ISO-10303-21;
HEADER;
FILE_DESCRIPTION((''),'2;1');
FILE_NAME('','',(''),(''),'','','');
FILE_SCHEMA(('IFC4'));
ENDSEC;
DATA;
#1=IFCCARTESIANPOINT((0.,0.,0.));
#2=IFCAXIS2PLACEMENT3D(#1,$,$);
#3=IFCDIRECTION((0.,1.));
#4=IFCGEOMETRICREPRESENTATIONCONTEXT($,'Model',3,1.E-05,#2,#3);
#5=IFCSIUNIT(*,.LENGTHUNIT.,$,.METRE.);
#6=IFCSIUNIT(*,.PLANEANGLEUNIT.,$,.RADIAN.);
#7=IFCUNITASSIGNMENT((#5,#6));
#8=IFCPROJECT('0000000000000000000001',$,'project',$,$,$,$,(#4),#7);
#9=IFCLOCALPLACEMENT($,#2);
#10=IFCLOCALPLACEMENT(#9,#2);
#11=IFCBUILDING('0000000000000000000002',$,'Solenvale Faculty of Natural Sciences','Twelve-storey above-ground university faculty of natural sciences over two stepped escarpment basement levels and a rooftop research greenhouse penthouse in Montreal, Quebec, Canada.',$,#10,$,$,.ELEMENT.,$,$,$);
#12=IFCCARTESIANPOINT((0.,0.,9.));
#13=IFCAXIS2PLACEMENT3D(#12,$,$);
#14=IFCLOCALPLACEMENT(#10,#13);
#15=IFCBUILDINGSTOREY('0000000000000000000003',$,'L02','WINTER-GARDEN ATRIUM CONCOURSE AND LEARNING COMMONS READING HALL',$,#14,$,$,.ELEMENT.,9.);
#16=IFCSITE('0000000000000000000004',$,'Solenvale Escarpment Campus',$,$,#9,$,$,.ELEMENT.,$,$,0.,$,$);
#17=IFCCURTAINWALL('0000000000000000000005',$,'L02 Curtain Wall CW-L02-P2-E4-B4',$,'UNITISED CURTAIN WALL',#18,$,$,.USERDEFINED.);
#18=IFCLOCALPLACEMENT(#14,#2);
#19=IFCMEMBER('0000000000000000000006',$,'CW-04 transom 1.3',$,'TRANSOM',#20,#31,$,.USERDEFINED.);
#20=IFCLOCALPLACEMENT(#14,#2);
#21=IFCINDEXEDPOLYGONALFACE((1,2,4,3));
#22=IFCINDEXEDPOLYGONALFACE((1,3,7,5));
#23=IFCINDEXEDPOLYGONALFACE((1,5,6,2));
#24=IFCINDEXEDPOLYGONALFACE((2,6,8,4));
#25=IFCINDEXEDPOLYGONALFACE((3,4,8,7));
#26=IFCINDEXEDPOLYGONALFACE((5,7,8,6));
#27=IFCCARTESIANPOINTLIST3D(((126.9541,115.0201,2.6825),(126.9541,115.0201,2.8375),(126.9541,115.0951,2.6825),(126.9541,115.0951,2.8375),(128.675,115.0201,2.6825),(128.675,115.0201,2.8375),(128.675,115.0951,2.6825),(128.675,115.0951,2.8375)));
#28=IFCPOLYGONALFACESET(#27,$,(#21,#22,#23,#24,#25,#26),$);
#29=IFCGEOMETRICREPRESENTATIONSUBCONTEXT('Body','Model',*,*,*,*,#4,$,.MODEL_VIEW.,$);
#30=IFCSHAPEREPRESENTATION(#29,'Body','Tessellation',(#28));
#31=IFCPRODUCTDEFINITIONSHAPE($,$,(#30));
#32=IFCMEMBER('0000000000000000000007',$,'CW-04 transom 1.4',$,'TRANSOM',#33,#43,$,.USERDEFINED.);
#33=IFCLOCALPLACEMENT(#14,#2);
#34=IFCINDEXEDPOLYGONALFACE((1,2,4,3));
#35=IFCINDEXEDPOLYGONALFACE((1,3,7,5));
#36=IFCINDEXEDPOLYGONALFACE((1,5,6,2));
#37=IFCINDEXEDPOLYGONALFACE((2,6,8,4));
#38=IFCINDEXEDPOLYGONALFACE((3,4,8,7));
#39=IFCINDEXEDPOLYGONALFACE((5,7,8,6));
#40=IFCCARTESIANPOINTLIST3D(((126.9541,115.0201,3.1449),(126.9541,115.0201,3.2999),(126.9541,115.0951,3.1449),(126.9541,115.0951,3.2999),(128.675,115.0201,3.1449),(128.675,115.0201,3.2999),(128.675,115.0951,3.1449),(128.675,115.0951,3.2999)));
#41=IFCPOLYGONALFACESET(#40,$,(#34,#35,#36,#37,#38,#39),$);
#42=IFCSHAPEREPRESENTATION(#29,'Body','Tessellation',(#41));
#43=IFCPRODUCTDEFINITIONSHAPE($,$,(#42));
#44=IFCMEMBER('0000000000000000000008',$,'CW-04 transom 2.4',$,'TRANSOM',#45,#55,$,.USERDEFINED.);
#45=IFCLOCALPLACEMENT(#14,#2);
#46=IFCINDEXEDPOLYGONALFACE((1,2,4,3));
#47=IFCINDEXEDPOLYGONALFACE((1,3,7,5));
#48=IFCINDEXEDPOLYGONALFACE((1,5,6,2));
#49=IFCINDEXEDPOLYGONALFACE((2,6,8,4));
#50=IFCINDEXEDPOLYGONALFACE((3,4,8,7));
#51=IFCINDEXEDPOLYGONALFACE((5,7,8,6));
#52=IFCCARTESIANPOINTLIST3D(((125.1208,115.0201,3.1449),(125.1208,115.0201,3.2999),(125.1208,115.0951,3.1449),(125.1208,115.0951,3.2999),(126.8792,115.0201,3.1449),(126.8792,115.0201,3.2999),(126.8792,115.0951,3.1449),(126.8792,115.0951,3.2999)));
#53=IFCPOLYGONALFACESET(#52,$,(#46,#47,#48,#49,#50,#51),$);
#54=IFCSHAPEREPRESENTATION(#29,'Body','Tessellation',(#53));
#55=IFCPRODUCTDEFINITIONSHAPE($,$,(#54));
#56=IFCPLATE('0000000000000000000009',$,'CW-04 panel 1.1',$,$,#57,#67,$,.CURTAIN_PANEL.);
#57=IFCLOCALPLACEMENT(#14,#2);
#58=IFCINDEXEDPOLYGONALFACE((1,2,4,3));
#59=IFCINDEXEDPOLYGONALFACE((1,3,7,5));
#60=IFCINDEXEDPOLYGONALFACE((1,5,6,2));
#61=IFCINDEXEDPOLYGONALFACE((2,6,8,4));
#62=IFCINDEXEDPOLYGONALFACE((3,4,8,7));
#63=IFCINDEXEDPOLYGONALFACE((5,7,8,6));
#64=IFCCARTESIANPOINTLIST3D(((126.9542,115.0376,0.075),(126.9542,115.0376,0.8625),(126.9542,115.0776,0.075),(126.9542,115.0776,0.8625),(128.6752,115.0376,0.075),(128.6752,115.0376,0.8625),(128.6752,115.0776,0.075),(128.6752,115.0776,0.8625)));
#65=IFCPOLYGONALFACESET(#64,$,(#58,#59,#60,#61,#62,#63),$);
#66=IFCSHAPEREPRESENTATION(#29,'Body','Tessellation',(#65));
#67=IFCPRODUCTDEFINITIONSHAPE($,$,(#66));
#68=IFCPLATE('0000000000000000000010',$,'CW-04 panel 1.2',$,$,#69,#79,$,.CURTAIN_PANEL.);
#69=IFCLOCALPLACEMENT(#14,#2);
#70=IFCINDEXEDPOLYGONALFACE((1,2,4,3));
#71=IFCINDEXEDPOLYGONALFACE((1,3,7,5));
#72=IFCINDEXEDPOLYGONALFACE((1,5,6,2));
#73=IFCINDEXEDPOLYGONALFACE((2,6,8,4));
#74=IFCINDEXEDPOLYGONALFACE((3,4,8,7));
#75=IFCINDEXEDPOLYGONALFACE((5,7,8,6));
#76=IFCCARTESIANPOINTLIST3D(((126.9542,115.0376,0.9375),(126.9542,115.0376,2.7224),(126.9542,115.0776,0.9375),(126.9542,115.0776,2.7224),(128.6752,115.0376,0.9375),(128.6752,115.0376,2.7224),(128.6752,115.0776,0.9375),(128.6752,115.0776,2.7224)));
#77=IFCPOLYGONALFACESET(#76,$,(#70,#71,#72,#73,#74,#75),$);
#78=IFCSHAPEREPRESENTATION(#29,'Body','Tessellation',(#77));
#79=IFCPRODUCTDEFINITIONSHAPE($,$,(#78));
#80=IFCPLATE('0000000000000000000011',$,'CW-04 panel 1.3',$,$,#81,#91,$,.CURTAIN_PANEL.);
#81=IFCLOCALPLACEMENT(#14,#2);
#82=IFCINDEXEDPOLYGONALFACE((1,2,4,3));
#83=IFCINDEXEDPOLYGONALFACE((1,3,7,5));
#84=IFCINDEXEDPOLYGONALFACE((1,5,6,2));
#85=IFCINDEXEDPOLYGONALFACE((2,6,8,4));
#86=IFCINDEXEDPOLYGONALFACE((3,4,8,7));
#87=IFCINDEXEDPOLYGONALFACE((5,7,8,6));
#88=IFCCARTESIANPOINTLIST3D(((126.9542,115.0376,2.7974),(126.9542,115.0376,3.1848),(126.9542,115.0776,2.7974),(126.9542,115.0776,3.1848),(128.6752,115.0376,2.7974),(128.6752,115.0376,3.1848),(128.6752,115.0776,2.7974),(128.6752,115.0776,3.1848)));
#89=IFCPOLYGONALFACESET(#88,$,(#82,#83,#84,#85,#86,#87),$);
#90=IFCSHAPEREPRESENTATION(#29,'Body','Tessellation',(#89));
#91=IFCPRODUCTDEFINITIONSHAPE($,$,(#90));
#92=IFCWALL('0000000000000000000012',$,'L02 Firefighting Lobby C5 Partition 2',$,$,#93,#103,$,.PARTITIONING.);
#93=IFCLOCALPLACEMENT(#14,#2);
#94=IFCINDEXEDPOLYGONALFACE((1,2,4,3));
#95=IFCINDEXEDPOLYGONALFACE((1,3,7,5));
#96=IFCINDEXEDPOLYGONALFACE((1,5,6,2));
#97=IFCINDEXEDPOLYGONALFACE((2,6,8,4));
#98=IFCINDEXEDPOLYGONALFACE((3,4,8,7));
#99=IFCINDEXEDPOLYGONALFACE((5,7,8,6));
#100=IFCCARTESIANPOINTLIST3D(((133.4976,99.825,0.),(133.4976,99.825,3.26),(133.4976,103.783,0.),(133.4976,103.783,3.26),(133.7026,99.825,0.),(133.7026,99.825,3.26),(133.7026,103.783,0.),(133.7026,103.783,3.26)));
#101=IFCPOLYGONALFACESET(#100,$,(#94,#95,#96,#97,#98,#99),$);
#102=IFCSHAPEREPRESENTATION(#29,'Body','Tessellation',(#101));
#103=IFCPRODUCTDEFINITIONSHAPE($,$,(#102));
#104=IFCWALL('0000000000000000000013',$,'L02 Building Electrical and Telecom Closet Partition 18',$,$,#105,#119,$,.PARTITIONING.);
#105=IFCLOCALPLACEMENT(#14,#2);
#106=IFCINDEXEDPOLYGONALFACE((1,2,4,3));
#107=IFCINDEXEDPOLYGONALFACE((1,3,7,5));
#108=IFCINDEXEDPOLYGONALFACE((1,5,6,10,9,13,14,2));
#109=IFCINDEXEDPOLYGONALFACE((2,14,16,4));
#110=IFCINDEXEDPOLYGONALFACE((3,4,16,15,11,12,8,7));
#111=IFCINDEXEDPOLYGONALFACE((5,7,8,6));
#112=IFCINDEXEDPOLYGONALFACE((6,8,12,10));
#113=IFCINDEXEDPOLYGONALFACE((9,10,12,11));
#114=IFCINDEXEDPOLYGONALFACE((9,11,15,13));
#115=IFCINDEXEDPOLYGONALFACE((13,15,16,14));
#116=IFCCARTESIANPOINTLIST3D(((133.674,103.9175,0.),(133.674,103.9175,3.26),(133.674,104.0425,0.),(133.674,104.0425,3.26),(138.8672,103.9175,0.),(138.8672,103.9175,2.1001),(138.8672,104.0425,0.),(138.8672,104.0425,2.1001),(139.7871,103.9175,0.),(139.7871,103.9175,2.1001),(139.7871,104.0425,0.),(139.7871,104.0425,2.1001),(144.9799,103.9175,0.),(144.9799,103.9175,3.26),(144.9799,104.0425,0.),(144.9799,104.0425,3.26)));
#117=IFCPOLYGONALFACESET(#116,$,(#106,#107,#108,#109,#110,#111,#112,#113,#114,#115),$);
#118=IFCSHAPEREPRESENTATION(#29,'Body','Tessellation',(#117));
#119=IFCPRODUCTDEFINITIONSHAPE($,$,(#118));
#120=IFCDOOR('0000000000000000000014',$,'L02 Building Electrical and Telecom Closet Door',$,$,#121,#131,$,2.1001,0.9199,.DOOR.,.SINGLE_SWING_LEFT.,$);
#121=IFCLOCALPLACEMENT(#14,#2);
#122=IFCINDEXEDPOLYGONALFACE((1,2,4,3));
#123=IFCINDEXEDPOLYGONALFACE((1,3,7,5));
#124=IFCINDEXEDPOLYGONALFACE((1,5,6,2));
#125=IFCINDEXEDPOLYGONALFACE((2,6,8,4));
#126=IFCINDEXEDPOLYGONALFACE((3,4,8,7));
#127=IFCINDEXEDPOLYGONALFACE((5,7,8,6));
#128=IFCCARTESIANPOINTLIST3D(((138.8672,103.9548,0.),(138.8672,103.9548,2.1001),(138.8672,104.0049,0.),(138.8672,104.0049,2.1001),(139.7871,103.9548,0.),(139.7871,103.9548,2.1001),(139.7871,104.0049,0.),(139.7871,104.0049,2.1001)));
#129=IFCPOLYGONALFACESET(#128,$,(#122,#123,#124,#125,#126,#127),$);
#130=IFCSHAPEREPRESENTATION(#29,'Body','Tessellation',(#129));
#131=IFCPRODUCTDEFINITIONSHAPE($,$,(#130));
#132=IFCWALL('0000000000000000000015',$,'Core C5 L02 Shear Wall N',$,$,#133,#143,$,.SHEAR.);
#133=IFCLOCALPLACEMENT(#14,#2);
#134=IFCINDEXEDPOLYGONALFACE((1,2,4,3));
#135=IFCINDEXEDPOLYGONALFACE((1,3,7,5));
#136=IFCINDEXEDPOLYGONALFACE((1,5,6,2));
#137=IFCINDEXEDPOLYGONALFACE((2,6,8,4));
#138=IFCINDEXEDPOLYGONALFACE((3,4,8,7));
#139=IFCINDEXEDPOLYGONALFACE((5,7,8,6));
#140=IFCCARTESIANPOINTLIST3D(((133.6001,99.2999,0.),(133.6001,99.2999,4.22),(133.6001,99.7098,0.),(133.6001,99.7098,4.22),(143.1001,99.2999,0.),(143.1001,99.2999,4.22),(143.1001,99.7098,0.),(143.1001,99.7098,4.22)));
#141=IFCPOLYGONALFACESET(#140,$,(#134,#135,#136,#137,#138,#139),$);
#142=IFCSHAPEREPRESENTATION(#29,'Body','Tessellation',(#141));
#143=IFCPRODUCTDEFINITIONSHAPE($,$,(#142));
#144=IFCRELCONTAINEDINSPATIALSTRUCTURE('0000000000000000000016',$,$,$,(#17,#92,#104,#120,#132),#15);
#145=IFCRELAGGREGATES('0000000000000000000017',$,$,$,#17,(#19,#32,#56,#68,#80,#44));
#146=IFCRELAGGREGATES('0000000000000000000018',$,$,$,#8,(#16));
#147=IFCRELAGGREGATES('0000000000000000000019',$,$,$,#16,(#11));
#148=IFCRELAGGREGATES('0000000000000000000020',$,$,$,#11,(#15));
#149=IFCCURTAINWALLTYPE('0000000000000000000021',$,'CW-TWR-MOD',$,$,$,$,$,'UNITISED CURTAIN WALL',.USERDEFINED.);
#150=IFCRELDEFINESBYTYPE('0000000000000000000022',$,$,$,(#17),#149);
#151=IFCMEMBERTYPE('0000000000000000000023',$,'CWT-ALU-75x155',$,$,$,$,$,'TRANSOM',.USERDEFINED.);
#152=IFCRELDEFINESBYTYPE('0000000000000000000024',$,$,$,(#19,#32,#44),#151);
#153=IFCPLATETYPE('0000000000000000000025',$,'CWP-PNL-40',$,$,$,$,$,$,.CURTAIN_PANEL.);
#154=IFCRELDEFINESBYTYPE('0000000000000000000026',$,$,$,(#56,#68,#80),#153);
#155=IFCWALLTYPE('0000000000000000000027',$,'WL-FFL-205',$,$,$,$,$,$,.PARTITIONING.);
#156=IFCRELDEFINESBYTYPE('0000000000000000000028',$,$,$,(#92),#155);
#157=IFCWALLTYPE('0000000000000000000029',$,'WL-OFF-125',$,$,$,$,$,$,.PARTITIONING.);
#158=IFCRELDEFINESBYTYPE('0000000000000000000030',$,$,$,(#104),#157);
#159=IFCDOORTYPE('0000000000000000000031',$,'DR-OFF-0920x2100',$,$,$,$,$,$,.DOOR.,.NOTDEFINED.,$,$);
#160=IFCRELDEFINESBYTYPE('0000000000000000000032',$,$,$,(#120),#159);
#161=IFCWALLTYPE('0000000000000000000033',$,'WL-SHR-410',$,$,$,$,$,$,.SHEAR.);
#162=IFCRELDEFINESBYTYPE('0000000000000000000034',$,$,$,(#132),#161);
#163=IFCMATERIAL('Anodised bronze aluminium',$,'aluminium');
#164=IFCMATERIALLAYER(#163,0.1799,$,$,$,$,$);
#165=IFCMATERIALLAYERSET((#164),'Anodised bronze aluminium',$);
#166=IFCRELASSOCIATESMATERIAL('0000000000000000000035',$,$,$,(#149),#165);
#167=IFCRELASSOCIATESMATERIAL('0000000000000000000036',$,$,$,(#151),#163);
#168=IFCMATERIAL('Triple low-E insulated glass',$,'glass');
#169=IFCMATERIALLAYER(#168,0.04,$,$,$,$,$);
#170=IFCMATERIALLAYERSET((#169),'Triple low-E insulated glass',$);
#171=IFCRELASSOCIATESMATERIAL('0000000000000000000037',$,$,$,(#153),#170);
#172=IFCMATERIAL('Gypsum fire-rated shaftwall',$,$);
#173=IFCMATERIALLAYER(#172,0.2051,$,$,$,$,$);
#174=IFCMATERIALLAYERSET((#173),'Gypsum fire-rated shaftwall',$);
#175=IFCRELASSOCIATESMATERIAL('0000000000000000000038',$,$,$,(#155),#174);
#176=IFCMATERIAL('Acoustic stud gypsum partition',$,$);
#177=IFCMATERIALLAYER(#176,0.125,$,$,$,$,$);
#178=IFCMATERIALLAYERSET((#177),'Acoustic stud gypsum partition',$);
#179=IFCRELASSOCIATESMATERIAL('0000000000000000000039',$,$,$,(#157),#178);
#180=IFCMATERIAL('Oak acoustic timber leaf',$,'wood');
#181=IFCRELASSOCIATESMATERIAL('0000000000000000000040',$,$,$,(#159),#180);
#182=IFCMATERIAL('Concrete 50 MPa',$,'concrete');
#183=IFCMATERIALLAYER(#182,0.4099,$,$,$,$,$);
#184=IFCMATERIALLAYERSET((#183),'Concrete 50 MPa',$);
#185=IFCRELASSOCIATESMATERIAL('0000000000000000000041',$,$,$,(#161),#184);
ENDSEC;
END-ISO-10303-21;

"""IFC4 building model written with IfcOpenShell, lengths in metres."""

from ifc_helpers import new_model, si_unit, direction, frame, frame_2d, origin, origin_2d, place, context, subcontext, project, spatial, rectangle, extrude, material, layer, layer_set, material_profile, profile_set, type_object, element, fill, aggregate, save


model = new_model("IFC4")

# Units and contexts
model_context = context("Model", 3, precision=1e-05, world=origin(), true_north=direction((0.0, 1.0)))
body_context = subcontext(model_context, "Body", "Model", "MODEL_VIEW")
ifc_project = project(units=[si_unit("LENGTHUNIT", "METRE"), si_unit("PLANEANGLEUNIT", "RADIAN")], contexts=[model_context])

# Site, building, storey
site_placement = place(None, origin())
site = spatial("IfcSite", under=ifc_project, at=site_placement, Name="Solenvale Escarpment Campus", CompositionType="ELEMENT", RefElevation=0.0)
building_placement = place(site_placement, origin())
building = spatial("IfcBuilding", under=site, at=building_placement, Name="Solenvale Faculty of Natural Sciences", Description="Twelve-storey above-ground university faculty of natural sciences over two stepped escarpment basement levels and a rooftop research greenhouse penthouse in Montreal, Quebec, Canada.", CompositionType="ELEMENT")
storey_placement = place(building_placement, frame((0.0, 0.0, 9.0)))
storey = spatial("IfcBuildingStorey", under=building, at=storey_placement, Name="L02", Description="WINTER-GARDEN ATRIUM CONCOURSE AND LEARNING COMMONS READING HALL", CompositionType="ELEMENT", Elevation=9.0)

# Shared definitions
ifc_material_1 = material(Name="Concrete 50 MPa", Category="concrete")

# Curtain wall, members, plates
ifc_material_2 = material(Name="Anodised bronze aluminium", Category="aluminium")
ifc_layer_1 = layer(ifc_material_2, 0.1799)
ifc_layer_set_1 = layer_set([ifc_layer_1], Name="Anodised bronze aluminium")
curtain_wall_type = type_object("IfcCurtainWallType", Name="CW-TWR-MOD", ElementType="UNITISED CURTAIN WALL", PredefinedType="USERDEFINED", material=ifc_layer_set_1)
curtain_wall_placement = place(storey_placement, origin())
curtain_wall = element("IfcCurtainWall", 1, at=curtain_wall_placement, inside=storey, type_object=curtain_wall_type, Name="L02 Curtain Wall CW-L02-P2-E4-B4", ObjectType="UNITISED CURTAIN WALL", PredefinedType="USERDEFINED")
ifc_material_profile_1 = material_profile(ifc_material_2, rectangle(XDim=0.075, YDim=0.155, at=origin_2d()), Name="ALU-TRN-75x155")
ifc_profile_set_1 = profile_set([ifc_material_profile_1], Name="Anodised bronze aluminium")
member_type_1 = type_object("IfcMemberType", Name="CWT-ALU-75x155", ElementType="TRANSOM", PredefinedType="USERDEFINED", material=ifc_profile_set_1)
member_1_placement = place(storey_placement, frame((128.675, 115.0576, 2.76), z_axis=(-1.0, 0.0, 0.0), x_axis=(0.0, -1.0, 0.0)))
member_1 = element("IfcMember", 2, at=member_1_placement, type_object=member_type_1, Name="CW-04 transom 1.3", ObjectType="TRANSOM", PredefinedType="USERDEFINED", context=body_context, shape_type="SweptSolid", body=[
    extrude(rectangle(XDim=0.075, YDim=0.155, at=origin_2d()), origin(), (0.0, 0.0, 1.0), 1.7209),
])
member_2_placement = place(storey_placement, frame((128.675, 115.0576, 3.2224), z_axis=(-1.0, 0.0, 0.0), x_axis=(0.0, -1.0, 0.0)))
member_2 = element("IfcMember", 3, at=member_2_placement, type_object=member_type_1, Name="CW-04 transom 1.4", ObjectType="TRANSOM", PredefinedType="USERDEFINED", context=body_context, shape_type="SweptSolid", body=[
    extrude(rectangle(XDim=0.075, YDim=0.155, at=origin_2d()), origin(), (0.0, 0.0, 1.0), 1.7209),
])
member_3_placement = place(storey_placement, frame((126.8792, 115.0576, 3.2224), z_axis=(-1.0, 0.0, 0.0), x_axis=(0.0, -1.0, 0.0)))
member_3 = element("IfcMember", 4, at=member_3_placement, type_object=member_type_1, Name="CW-04 transom 2.4", ObjectType="TRANSOM", PredefinedType="USERDEFINED", context=body_context, shape_type="SweptSolid", body=[
    extrude(rectangle(XDim=0.075, YDim=0.155, at=origin_2d()), origin(), (0.0, 0.0, 1.0), 1.7583),
])
ifc_material_3 = material(Name="Triple low-E insulated glass", Category="glass")
ifc_layer_2 = layer(ifc_material_3, 0.04)
ifc_layer_set_2 = layer_set([ifc_layer_2], Name="Triple low-E insulated glass")
plate_type = type_object("IfcPlateType", Name="CWP-PNL-40", PredefinedType="CURTAIN_PANEL", material=ifc_layer_set_2)
plate_1_placement = place(storey_placement, frame((127.8147, 115.0576, 0.075), z_axis=(0.0, 0.0, 1.0), x_axis=(-1.0, 0.0, 0.0)))
plate_1 = element("IfcPlate", 5, at=plate_1_placement, type_object=plate_type, Name="CW-04 panel 1.1", PredefinedType="CURTAIN_PANEL", context=body_context, shape_type="SweptSolid", body=[
    extrude(rectangle(XDim=1.7209, YDim=0.04, at=origin_2d()), origin(), (0.0, 0.0, 1.0), 0.7876),
])
plate_2_placement = place(storey_placement, frame((127.8147, 115.0576, 0.9375), z_axis=(0.0, 0.0, 1.0), x_axis=(-1.0, 0.0, 0.0)))
plate_2 = element("IfcPlate", 6, at=plate_2_placement, type_object=plate_type, Name="CW-04 panel 1.2", PredefinedType="CURTAIN_PANEL", context=body_context, shape_type="SweptSolid", body=[
    extrude(rectangle(XDim=1.7209, YDim=0.04, at=origin_2d()), origin(), (0.0, 0.0, 1.0), 1.7849),
])
plate_3_placement = place(storey_placement, frame((127.8147, 115.0576, 2.7974), z_axis=(0.0, 0.0, 1.0), x_axis=(-1.0, 0.0, 0.0)))
plate_3 = element("IfcPlate", 7, at=plate_3_placement, type_object=plate_type, Name="CW-04 panel 1.3", PredefinedType="CURTAIN_PANEL", context=body_context, shape_type="SweptSolid", body=[
    extrude(rectangle(XDim=1.7209, YDim=0.04, at=origin_2d()), origin(), (0.0, 0.0, 1.0), 0.3875),
])
aggregate(curtain_wall, [member_1, member_2, plate_1, plate_2, plate_3, member_3])

# Shared definitions
ifc_material_4 = material(Name="Gypsum fire-rated shaftwall")
ifc_layer_3 = layer(ifc_material_4, 0.2051)
ifc_layer_set_3 = layer_set([ifc_layer_3], Name="Gypsum fire-rated shaftwall")
wall_type_1 = type_object("IfcWallType", Name="WL-FFL-205", PredefinedType="PARTITIONING", material=ifc_layer_set_3)

# Wall
wall_1_placement = place(storey_placement, frame((133.6001, 103.783, 0.0), z_axis=(0.0, 0.0, 1.0), x_axis=(0.0, -1.0, 0.0)))
element("IfcWall", 8, at=wall_1_placement, inside=storey, type_object=wall_type_1, Name="L02 Firefighting Lobby C5 Partition 2", PredefinedType="PARTITIONING", context=body_context, shape_type="SweptSolid", body=[
    extrude(rectangle(XDim=3.958, YDim=0.2051, at=frame_2d((1.979, 0.0))), origin(), (0.0, 0.0, 1.0), 3.26),
])

# Wall, opening, door
ifc_material_5 = material(Name="Acoustic stud gypsum partition")
ifc_layer_4 = layer(ifc_material_5, 0.125)
ifc_layer_set_4 = layer_set([ifc_layer_4], Name="Acoustic stud gypsum partition")
wall_type_2 = type_object("IfcWallType", Name="WL-OFF-125", PredefinedType="PARTITIONING", material=ifc_layer_set_4)
wall_2_placement = place(storey_placement, frame((133.6741, 103.98, 0.0), z_axis=(0.0, 0.0, 1.0), x_axis=(1.0, 0.0, 0.0)))
wall_2 = element("IfcWall", 9, at=wall_2_placement, inside=storey, type_object=wall_type_2, Name="L02 Building Electrical and Telecom Closet Partition 18", PredefinedType="PARTITIONING", context=body_context, shape_type="SweptSolid", body=[
    extrude(rectangle(XDim=11.3059, YDim=0.125, at=frame_2d((5.6528, 0.0))), origin(), (0.0, 0.0, 1.0), 3.26),
])
opening_1_placement = place(wall_2_placement, frame((5.1931, 0.0, 0.0)))
opening_1 = element("IfcOpeningElement", 10, at=opening_1_placement, cuts=wall_2, PredefinedType="OPENING", context=body_context, shape_type="SweptSolid", body=[
    extrude(rectangle(XDim=0.9199, YDim=2.1001, at=frame_2d((0.46, 1.05))), frame((0.0, 0.0725, 0.0), z_axis=(0.0, -1.0, 0.0), x_axis=(1.0, 0.0, 0.0)), (0.0, 0.0, 1.0), 0.145),
])
ifc_material_6 = material(Name="Oak acoustic timber leaf", Category="wood")
door_type_1 = type_object("IfcDoorType", Name="DR-OFF-0920x2100", OperationType="NOTDEFINED", PredefinedType="DOOR", material=ifc_material_6)
door_1_placement = place(opening_1_placement, origin())
door_1 = element("IfcDoor", 11, at=door_1_placement, inside=storey, type_object=door_type_1, Name="L02 Building Electrical and Telecom Closet Door", OperationType="SINGLE_SWING_LEFT", OverallHeight=2.1001, OverallWidth=0.9199, PredefinedType="DOOR", context=body_context, shape_type="SweptSolid", body=[
    extrude(rectangle(XDim=0.9199, YDim=2.1001, at=frame_2d((0.46, 1.05))), frame((0.0, 0.0249, 0.0), z_axis=(0.0, -1.0, 0.0), x_axis=(1.0, 0.0, 0.0)), (0.0, 0.0, 1.0), 0.05),
])
fill(opening_1, door_1)

# Wall
ifc_layer_5 = layer(ifc_material_1, 0.4099)
ifc_layer_set_5 = layer_set([ifc_layer_5], Name="Concrete 50 MPa")
wall_type_3 = type_object("IfcWallType", Name="WL-SHR-410", PredefinedType="SHEAR", material=ifc_layer_set_5)
wall_3_placement = place(storey_placement, frame((133.6001, 99.5049, 0.0), z_axis=(0.0, 0.0, 1.0), x_axis=(1.0, 0.0, 0.0)))
element("IfcWall", 12, at=wall_3_placement, inside=storey, type_object=wall_type_3, Name="Core C5 L02 Shear Wall N", PredefinedType="SHEAR", context=body_context, shape_type="SweptSolid", body=[
    extrude(rectangle(XDim=9.5, YDim=0.4099, at=frame_2d((4.75, 0.0))), origin(), (0.0, 0.0, 1.0), 4.22),
])

save(model, "model.ifc")
